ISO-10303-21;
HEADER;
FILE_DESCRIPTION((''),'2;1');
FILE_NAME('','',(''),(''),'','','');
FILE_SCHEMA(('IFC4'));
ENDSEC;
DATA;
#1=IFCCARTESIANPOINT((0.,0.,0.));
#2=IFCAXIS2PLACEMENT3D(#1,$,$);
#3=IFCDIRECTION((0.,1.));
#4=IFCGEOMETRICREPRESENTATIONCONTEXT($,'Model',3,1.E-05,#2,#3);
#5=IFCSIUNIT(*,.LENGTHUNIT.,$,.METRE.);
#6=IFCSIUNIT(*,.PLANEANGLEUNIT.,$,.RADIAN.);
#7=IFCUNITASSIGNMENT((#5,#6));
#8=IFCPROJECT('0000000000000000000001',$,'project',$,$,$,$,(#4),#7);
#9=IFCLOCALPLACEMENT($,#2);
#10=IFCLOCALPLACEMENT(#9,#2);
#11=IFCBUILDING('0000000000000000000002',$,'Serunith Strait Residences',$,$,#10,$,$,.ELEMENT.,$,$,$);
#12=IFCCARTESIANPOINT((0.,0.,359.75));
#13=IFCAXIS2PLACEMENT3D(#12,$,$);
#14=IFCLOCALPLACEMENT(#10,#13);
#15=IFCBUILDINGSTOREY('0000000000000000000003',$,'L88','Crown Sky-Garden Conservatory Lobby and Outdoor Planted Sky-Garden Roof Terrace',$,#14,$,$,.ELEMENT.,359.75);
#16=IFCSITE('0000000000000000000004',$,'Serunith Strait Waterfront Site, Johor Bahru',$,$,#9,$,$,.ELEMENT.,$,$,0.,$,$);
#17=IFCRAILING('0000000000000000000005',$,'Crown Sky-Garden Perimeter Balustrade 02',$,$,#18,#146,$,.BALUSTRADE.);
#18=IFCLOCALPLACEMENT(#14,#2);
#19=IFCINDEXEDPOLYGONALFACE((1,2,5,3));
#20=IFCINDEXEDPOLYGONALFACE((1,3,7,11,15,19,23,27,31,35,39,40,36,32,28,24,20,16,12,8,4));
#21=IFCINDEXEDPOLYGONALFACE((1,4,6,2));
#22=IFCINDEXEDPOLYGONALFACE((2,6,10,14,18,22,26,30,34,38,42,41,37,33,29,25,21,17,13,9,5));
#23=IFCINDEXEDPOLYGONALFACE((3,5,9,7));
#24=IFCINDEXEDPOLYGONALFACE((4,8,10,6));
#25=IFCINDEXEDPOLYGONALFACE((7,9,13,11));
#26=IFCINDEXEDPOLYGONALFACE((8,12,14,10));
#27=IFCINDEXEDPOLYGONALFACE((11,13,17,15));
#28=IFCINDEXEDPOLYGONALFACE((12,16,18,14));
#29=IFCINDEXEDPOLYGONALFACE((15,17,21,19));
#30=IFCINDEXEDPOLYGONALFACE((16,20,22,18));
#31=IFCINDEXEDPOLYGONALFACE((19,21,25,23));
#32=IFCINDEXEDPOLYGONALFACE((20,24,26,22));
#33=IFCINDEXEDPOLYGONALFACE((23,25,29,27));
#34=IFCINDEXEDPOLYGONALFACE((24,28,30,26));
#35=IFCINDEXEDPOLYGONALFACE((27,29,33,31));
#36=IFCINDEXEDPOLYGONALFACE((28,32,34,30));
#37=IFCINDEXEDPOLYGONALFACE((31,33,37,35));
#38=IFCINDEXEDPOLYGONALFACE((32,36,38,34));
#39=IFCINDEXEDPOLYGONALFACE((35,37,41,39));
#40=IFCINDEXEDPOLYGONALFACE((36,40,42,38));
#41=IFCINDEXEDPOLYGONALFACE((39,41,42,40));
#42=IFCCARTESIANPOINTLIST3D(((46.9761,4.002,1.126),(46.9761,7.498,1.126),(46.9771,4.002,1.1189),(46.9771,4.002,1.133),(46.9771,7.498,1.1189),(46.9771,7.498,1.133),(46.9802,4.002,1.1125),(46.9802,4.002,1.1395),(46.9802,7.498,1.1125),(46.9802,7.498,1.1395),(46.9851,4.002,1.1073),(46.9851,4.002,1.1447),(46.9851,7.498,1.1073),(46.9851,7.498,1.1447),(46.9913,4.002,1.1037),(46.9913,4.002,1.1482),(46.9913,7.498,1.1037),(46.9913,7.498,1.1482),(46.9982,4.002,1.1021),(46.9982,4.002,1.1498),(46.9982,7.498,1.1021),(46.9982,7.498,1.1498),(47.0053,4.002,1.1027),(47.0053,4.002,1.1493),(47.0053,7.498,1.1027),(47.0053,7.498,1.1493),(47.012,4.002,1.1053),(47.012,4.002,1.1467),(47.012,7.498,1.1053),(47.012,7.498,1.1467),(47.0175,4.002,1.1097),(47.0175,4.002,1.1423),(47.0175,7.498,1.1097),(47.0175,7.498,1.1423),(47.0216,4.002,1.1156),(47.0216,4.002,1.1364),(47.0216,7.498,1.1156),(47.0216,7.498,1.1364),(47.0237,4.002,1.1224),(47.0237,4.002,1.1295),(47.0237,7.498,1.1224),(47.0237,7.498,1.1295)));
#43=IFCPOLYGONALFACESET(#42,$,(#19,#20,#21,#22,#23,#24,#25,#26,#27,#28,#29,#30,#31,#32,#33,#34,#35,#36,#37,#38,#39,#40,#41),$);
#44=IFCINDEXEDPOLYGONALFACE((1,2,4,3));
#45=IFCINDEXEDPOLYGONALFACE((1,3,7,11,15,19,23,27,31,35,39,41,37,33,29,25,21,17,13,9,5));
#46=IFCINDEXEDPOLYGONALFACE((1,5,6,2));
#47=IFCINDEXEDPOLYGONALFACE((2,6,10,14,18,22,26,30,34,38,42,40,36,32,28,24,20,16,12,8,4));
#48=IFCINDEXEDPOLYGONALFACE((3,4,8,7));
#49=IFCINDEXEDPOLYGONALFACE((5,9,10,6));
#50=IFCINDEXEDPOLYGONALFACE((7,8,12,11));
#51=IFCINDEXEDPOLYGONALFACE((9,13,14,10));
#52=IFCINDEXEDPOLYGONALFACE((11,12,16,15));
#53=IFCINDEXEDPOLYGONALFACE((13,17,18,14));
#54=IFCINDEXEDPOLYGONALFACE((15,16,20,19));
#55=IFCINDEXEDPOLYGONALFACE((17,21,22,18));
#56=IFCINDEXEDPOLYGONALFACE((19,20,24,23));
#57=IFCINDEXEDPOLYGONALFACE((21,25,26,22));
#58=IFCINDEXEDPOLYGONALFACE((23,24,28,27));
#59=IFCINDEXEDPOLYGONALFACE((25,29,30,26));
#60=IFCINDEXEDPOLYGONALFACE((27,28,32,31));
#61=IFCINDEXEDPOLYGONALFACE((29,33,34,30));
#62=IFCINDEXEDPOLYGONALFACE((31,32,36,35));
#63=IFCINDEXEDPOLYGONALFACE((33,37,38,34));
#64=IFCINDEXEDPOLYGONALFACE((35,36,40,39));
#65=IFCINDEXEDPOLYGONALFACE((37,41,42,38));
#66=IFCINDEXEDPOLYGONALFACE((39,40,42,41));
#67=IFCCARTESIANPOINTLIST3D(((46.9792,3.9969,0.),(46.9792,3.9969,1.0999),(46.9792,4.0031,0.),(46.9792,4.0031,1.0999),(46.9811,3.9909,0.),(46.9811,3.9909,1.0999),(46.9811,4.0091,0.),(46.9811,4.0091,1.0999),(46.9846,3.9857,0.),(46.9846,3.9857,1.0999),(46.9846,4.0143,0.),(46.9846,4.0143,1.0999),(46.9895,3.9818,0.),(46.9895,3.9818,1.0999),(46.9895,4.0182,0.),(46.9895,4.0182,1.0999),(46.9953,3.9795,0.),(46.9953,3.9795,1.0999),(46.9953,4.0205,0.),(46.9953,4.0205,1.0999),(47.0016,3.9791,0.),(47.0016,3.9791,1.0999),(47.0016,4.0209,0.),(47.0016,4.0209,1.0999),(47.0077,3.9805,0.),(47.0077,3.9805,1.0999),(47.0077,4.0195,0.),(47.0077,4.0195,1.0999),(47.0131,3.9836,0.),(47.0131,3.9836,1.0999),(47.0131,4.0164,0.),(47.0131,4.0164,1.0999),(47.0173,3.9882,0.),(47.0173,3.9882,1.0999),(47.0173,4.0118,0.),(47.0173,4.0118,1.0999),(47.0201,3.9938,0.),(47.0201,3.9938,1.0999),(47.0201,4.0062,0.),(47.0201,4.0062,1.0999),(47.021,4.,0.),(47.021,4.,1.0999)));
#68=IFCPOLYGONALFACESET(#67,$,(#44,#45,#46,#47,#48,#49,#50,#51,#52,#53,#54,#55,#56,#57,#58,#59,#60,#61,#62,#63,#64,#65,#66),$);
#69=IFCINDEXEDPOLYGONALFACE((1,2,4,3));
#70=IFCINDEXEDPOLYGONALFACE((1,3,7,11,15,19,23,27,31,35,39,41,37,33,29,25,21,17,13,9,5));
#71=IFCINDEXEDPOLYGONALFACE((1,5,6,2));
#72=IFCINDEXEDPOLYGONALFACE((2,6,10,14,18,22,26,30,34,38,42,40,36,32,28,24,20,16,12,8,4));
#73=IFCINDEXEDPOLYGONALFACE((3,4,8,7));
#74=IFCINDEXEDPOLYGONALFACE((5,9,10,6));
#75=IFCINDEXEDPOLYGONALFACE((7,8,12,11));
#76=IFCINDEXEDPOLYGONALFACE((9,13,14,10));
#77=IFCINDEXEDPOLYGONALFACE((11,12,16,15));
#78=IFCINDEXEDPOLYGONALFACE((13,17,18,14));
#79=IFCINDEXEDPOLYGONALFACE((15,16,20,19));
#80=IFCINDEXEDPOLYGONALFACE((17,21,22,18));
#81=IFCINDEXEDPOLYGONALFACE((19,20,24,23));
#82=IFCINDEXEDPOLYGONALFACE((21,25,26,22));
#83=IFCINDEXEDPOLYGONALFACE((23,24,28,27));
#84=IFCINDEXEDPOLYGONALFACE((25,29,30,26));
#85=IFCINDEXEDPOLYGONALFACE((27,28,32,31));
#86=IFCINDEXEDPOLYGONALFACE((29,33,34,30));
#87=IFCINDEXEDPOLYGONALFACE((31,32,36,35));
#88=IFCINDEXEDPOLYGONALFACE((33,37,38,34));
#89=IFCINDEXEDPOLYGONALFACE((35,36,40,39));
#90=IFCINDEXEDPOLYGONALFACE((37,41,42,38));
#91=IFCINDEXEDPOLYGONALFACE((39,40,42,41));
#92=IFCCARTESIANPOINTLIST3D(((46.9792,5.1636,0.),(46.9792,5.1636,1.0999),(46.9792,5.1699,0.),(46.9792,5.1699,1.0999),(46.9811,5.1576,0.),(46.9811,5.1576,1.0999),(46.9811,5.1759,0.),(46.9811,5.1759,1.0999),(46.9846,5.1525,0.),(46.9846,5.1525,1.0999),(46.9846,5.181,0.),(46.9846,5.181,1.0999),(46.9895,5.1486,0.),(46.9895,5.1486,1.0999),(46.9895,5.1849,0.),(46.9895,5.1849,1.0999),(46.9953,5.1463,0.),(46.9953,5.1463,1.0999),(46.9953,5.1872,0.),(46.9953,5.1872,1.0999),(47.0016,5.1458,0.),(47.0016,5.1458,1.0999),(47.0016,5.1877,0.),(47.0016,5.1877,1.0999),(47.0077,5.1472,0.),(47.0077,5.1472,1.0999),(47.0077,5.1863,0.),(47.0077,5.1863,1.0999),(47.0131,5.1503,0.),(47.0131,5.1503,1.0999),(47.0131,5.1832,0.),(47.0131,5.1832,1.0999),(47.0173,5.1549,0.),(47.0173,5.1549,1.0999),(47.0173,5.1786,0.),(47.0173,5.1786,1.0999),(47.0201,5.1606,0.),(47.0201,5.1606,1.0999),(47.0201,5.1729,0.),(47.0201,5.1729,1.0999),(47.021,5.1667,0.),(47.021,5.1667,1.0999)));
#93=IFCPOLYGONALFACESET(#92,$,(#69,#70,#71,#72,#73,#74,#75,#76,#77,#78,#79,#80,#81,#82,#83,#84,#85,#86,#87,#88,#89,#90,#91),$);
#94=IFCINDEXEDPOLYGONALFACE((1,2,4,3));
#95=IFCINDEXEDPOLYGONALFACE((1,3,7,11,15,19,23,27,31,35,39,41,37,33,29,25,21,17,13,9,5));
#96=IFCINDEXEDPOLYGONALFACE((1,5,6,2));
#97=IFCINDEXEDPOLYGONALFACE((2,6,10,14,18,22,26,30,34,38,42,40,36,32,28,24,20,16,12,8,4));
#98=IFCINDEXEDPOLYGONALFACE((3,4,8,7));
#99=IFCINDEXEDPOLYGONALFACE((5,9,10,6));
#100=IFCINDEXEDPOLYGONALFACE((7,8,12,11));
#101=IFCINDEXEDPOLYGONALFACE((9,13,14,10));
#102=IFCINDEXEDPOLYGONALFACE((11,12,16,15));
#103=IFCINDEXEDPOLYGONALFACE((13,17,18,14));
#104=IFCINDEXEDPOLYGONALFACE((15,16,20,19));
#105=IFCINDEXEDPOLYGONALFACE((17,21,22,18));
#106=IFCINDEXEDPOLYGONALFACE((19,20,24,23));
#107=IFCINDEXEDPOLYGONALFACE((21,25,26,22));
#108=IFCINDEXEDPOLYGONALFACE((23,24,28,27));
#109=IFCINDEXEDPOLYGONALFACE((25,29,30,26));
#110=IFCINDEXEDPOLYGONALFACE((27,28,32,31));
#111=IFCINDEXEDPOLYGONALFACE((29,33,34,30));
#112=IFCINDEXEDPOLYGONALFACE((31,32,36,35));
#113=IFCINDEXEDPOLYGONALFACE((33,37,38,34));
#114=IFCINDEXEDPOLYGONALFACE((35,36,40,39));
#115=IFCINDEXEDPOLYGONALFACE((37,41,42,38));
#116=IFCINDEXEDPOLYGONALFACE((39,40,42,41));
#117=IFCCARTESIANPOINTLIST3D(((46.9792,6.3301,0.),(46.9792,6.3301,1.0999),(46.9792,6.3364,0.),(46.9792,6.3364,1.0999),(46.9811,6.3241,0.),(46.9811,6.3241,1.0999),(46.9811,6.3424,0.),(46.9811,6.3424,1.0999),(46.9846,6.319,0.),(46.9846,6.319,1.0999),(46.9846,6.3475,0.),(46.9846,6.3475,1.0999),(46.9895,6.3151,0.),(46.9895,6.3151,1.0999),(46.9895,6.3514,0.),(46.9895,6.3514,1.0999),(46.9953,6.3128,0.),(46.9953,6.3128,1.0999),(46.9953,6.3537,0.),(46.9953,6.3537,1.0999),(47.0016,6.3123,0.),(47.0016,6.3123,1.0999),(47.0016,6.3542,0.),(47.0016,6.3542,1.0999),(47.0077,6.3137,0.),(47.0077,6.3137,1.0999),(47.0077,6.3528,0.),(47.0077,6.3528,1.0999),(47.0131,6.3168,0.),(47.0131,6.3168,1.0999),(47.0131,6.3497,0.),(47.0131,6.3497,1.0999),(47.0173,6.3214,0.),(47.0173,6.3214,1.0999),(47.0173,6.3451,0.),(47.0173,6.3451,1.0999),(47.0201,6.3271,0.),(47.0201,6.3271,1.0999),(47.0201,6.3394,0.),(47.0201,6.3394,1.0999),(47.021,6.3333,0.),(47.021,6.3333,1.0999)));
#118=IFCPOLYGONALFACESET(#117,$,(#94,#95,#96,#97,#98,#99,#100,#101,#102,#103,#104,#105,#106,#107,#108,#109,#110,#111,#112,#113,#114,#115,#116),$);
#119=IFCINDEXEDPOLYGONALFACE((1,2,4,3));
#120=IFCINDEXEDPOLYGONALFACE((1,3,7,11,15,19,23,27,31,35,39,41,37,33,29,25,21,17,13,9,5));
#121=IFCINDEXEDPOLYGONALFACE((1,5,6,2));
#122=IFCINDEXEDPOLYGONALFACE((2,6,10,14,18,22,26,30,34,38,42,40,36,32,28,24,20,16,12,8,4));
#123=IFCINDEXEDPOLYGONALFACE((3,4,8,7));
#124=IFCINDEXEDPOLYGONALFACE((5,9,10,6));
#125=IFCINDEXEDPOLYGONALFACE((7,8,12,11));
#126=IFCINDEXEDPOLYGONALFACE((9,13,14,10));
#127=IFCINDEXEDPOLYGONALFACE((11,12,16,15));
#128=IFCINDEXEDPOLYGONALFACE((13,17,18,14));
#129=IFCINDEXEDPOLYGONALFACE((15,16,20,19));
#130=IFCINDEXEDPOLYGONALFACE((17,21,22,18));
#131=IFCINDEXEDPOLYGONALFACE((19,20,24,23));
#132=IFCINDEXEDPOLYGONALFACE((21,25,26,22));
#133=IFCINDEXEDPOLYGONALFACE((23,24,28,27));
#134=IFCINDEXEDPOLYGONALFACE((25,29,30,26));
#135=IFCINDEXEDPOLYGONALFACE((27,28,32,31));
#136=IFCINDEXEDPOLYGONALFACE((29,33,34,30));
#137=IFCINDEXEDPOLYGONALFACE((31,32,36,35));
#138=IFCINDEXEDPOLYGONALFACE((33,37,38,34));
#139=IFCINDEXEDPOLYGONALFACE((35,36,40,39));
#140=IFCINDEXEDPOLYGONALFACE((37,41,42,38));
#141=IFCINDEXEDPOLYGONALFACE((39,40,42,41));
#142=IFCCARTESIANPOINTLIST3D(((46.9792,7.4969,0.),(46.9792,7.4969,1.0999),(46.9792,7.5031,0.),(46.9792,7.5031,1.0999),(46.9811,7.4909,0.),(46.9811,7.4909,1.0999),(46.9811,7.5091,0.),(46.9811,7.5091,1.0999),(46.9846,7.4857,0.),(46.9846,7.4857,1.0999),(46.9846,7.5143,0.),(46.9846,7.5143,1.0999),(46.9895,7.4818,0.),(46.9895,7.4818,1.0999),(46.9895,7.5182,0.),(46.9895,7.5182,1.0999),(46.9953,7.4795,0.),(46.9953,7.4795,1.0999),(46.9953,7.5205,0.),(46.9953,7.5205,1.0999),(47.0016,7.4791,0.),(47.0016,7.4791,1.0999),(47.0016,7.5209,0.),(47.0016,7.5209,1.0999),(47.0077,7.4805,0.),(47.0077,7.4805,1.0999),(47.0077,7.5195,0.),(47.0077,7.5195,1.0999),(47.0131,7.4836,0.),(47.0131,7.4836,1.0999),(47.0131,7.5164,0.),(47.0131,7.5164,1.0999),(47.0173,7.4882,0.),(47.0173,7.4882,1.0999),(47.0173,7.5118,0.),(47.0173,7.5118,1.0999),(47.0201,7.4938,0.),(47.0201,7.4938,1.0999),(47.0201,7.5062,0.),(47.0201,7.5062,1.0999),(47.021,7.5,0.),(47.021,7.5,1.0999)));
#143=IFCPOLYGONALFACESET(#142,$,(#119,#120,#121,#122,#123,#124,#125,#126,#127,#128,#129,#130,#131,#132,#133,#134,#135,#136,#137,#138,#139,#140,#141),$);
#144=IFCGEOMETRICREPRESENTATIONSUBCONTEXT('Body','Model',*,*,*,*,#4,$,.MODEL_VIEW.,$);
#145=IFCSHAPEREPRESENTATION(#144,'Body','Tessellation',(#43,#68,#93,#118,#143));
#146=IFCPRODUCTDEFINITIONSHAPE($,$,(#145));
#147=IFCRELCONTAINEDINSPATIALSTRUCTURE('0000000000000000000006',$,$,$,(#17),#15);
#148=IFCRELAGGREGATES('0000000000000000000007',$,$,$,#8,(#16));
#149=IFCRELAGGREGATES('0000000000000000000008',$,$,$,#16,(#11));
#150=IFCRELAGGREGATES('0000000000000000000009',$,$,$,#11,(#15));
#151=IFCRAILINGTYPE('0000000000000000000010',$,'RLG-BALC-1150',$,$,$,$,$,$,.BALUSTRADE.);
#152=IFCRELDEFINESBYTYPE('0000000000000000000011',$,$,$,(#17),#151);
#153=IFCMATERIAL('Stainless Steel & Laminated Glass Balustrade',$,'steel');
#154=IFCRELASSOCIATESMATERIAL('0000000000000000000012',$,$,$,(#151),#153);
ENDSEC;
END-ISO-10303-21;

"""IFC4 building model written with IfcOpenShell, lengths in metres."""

from ifc_helpers import new_model, si_unit, direction, frame, origin, origin_2d, place, context, subcontext, project, spatial, circle, extrude, material, type_object, element, save


model = new_model("IFC4")

# Units and contexts
model_context = context("Model", 3, precision=1e-05, world=origin(), true_north=direction((0.0, 1.0)))
body_context = subcontext(model_context, "Body", "Model", "MODEL_VIEW")
ifc_project = project(units=[si_unit("LENGTHUNIT", "METRE"), si_unit("PLANEANGLEUNIT", "RADIAN")], contexts=[model_context])

# Site, building, storey
site_placement = place(None, origin())
site = spatial("IfcSite", under=ifc_project, at=site_placement, Name="Serunith Strait Waterfront Site, Johor Bahru", CompositionType="ELEMENT", RefElevation=0.0)
building_placement = place(site_placement, origin())
building = spatial("IfcBuilding", under=site, at=building_placement, Name="Serunith Strait Residences", CompositionType="ELEMENT")
storey_placement = place(building_placement, frame((0.0, 0.0, 359.75)))
storey = spatial("IfcBuildingStorey", under=building, at=storey_placement, Name="L88", Description="Crown Sky-Garden Conservatory Lobby and Outdoor Planted Sky-Garden Roof Terrace", CompositionType="ELEMENT", Elevation=359.75)

# Railing
ifc_material_1 = material(Name="Stainless Steel & Laminated Glass Balustrade", Category="steel")
railing_type_1 = type_object("IfcRailingType", Name="RLG-BALC-1150", PredefinedType="BALUSTRADE", material=ifc_material_1)
railing_1_placement = place(storey_placement, frame((47.0, 4.0, 0.0)))
element("IfcRailing", 1, at=railing_1_placement, inside=storey, type_object=railing_type_1, Name="Crown Sky-Garden Perimeter Balustrade 02", PredefinedType="BALUSTRADE", context=body_context, shape_type="SweptSolid", body=[
    extrude(circle(Radius=0.0239, at=origin_2d()), frame((0.0, 0.002, 1.126), z_axis=(0.0, 1.0, 0.0), x_axis=(-1.0, 0.0, 0.0)), (0.0, 0.0, 1.0), 3.4961),
    extrude(circle(Radius=0.021, at=origin_2d()), origin(), (0.0, 0.0, 1.0), 1.0999),
    extrude(circle(Radius=0.021, at=origin_2d()), frame((0.0, 1.1667, 0.0)), (0.0, 0.0, 1.0), 1.0999),
    extrude(circle(Radius=0.021, at=origin_2d()), frame((0.0, 2.3333, 0.0)), (0.0, 0.0, 1.0), 1.0999),
    extrude(circle(Radius=0.021, at=origin_2d()), frame((0.0, 3.5, 0.0)), (0.0, 0.0, 1.0), 1.0999),
])

save(model, "model.ifc")
